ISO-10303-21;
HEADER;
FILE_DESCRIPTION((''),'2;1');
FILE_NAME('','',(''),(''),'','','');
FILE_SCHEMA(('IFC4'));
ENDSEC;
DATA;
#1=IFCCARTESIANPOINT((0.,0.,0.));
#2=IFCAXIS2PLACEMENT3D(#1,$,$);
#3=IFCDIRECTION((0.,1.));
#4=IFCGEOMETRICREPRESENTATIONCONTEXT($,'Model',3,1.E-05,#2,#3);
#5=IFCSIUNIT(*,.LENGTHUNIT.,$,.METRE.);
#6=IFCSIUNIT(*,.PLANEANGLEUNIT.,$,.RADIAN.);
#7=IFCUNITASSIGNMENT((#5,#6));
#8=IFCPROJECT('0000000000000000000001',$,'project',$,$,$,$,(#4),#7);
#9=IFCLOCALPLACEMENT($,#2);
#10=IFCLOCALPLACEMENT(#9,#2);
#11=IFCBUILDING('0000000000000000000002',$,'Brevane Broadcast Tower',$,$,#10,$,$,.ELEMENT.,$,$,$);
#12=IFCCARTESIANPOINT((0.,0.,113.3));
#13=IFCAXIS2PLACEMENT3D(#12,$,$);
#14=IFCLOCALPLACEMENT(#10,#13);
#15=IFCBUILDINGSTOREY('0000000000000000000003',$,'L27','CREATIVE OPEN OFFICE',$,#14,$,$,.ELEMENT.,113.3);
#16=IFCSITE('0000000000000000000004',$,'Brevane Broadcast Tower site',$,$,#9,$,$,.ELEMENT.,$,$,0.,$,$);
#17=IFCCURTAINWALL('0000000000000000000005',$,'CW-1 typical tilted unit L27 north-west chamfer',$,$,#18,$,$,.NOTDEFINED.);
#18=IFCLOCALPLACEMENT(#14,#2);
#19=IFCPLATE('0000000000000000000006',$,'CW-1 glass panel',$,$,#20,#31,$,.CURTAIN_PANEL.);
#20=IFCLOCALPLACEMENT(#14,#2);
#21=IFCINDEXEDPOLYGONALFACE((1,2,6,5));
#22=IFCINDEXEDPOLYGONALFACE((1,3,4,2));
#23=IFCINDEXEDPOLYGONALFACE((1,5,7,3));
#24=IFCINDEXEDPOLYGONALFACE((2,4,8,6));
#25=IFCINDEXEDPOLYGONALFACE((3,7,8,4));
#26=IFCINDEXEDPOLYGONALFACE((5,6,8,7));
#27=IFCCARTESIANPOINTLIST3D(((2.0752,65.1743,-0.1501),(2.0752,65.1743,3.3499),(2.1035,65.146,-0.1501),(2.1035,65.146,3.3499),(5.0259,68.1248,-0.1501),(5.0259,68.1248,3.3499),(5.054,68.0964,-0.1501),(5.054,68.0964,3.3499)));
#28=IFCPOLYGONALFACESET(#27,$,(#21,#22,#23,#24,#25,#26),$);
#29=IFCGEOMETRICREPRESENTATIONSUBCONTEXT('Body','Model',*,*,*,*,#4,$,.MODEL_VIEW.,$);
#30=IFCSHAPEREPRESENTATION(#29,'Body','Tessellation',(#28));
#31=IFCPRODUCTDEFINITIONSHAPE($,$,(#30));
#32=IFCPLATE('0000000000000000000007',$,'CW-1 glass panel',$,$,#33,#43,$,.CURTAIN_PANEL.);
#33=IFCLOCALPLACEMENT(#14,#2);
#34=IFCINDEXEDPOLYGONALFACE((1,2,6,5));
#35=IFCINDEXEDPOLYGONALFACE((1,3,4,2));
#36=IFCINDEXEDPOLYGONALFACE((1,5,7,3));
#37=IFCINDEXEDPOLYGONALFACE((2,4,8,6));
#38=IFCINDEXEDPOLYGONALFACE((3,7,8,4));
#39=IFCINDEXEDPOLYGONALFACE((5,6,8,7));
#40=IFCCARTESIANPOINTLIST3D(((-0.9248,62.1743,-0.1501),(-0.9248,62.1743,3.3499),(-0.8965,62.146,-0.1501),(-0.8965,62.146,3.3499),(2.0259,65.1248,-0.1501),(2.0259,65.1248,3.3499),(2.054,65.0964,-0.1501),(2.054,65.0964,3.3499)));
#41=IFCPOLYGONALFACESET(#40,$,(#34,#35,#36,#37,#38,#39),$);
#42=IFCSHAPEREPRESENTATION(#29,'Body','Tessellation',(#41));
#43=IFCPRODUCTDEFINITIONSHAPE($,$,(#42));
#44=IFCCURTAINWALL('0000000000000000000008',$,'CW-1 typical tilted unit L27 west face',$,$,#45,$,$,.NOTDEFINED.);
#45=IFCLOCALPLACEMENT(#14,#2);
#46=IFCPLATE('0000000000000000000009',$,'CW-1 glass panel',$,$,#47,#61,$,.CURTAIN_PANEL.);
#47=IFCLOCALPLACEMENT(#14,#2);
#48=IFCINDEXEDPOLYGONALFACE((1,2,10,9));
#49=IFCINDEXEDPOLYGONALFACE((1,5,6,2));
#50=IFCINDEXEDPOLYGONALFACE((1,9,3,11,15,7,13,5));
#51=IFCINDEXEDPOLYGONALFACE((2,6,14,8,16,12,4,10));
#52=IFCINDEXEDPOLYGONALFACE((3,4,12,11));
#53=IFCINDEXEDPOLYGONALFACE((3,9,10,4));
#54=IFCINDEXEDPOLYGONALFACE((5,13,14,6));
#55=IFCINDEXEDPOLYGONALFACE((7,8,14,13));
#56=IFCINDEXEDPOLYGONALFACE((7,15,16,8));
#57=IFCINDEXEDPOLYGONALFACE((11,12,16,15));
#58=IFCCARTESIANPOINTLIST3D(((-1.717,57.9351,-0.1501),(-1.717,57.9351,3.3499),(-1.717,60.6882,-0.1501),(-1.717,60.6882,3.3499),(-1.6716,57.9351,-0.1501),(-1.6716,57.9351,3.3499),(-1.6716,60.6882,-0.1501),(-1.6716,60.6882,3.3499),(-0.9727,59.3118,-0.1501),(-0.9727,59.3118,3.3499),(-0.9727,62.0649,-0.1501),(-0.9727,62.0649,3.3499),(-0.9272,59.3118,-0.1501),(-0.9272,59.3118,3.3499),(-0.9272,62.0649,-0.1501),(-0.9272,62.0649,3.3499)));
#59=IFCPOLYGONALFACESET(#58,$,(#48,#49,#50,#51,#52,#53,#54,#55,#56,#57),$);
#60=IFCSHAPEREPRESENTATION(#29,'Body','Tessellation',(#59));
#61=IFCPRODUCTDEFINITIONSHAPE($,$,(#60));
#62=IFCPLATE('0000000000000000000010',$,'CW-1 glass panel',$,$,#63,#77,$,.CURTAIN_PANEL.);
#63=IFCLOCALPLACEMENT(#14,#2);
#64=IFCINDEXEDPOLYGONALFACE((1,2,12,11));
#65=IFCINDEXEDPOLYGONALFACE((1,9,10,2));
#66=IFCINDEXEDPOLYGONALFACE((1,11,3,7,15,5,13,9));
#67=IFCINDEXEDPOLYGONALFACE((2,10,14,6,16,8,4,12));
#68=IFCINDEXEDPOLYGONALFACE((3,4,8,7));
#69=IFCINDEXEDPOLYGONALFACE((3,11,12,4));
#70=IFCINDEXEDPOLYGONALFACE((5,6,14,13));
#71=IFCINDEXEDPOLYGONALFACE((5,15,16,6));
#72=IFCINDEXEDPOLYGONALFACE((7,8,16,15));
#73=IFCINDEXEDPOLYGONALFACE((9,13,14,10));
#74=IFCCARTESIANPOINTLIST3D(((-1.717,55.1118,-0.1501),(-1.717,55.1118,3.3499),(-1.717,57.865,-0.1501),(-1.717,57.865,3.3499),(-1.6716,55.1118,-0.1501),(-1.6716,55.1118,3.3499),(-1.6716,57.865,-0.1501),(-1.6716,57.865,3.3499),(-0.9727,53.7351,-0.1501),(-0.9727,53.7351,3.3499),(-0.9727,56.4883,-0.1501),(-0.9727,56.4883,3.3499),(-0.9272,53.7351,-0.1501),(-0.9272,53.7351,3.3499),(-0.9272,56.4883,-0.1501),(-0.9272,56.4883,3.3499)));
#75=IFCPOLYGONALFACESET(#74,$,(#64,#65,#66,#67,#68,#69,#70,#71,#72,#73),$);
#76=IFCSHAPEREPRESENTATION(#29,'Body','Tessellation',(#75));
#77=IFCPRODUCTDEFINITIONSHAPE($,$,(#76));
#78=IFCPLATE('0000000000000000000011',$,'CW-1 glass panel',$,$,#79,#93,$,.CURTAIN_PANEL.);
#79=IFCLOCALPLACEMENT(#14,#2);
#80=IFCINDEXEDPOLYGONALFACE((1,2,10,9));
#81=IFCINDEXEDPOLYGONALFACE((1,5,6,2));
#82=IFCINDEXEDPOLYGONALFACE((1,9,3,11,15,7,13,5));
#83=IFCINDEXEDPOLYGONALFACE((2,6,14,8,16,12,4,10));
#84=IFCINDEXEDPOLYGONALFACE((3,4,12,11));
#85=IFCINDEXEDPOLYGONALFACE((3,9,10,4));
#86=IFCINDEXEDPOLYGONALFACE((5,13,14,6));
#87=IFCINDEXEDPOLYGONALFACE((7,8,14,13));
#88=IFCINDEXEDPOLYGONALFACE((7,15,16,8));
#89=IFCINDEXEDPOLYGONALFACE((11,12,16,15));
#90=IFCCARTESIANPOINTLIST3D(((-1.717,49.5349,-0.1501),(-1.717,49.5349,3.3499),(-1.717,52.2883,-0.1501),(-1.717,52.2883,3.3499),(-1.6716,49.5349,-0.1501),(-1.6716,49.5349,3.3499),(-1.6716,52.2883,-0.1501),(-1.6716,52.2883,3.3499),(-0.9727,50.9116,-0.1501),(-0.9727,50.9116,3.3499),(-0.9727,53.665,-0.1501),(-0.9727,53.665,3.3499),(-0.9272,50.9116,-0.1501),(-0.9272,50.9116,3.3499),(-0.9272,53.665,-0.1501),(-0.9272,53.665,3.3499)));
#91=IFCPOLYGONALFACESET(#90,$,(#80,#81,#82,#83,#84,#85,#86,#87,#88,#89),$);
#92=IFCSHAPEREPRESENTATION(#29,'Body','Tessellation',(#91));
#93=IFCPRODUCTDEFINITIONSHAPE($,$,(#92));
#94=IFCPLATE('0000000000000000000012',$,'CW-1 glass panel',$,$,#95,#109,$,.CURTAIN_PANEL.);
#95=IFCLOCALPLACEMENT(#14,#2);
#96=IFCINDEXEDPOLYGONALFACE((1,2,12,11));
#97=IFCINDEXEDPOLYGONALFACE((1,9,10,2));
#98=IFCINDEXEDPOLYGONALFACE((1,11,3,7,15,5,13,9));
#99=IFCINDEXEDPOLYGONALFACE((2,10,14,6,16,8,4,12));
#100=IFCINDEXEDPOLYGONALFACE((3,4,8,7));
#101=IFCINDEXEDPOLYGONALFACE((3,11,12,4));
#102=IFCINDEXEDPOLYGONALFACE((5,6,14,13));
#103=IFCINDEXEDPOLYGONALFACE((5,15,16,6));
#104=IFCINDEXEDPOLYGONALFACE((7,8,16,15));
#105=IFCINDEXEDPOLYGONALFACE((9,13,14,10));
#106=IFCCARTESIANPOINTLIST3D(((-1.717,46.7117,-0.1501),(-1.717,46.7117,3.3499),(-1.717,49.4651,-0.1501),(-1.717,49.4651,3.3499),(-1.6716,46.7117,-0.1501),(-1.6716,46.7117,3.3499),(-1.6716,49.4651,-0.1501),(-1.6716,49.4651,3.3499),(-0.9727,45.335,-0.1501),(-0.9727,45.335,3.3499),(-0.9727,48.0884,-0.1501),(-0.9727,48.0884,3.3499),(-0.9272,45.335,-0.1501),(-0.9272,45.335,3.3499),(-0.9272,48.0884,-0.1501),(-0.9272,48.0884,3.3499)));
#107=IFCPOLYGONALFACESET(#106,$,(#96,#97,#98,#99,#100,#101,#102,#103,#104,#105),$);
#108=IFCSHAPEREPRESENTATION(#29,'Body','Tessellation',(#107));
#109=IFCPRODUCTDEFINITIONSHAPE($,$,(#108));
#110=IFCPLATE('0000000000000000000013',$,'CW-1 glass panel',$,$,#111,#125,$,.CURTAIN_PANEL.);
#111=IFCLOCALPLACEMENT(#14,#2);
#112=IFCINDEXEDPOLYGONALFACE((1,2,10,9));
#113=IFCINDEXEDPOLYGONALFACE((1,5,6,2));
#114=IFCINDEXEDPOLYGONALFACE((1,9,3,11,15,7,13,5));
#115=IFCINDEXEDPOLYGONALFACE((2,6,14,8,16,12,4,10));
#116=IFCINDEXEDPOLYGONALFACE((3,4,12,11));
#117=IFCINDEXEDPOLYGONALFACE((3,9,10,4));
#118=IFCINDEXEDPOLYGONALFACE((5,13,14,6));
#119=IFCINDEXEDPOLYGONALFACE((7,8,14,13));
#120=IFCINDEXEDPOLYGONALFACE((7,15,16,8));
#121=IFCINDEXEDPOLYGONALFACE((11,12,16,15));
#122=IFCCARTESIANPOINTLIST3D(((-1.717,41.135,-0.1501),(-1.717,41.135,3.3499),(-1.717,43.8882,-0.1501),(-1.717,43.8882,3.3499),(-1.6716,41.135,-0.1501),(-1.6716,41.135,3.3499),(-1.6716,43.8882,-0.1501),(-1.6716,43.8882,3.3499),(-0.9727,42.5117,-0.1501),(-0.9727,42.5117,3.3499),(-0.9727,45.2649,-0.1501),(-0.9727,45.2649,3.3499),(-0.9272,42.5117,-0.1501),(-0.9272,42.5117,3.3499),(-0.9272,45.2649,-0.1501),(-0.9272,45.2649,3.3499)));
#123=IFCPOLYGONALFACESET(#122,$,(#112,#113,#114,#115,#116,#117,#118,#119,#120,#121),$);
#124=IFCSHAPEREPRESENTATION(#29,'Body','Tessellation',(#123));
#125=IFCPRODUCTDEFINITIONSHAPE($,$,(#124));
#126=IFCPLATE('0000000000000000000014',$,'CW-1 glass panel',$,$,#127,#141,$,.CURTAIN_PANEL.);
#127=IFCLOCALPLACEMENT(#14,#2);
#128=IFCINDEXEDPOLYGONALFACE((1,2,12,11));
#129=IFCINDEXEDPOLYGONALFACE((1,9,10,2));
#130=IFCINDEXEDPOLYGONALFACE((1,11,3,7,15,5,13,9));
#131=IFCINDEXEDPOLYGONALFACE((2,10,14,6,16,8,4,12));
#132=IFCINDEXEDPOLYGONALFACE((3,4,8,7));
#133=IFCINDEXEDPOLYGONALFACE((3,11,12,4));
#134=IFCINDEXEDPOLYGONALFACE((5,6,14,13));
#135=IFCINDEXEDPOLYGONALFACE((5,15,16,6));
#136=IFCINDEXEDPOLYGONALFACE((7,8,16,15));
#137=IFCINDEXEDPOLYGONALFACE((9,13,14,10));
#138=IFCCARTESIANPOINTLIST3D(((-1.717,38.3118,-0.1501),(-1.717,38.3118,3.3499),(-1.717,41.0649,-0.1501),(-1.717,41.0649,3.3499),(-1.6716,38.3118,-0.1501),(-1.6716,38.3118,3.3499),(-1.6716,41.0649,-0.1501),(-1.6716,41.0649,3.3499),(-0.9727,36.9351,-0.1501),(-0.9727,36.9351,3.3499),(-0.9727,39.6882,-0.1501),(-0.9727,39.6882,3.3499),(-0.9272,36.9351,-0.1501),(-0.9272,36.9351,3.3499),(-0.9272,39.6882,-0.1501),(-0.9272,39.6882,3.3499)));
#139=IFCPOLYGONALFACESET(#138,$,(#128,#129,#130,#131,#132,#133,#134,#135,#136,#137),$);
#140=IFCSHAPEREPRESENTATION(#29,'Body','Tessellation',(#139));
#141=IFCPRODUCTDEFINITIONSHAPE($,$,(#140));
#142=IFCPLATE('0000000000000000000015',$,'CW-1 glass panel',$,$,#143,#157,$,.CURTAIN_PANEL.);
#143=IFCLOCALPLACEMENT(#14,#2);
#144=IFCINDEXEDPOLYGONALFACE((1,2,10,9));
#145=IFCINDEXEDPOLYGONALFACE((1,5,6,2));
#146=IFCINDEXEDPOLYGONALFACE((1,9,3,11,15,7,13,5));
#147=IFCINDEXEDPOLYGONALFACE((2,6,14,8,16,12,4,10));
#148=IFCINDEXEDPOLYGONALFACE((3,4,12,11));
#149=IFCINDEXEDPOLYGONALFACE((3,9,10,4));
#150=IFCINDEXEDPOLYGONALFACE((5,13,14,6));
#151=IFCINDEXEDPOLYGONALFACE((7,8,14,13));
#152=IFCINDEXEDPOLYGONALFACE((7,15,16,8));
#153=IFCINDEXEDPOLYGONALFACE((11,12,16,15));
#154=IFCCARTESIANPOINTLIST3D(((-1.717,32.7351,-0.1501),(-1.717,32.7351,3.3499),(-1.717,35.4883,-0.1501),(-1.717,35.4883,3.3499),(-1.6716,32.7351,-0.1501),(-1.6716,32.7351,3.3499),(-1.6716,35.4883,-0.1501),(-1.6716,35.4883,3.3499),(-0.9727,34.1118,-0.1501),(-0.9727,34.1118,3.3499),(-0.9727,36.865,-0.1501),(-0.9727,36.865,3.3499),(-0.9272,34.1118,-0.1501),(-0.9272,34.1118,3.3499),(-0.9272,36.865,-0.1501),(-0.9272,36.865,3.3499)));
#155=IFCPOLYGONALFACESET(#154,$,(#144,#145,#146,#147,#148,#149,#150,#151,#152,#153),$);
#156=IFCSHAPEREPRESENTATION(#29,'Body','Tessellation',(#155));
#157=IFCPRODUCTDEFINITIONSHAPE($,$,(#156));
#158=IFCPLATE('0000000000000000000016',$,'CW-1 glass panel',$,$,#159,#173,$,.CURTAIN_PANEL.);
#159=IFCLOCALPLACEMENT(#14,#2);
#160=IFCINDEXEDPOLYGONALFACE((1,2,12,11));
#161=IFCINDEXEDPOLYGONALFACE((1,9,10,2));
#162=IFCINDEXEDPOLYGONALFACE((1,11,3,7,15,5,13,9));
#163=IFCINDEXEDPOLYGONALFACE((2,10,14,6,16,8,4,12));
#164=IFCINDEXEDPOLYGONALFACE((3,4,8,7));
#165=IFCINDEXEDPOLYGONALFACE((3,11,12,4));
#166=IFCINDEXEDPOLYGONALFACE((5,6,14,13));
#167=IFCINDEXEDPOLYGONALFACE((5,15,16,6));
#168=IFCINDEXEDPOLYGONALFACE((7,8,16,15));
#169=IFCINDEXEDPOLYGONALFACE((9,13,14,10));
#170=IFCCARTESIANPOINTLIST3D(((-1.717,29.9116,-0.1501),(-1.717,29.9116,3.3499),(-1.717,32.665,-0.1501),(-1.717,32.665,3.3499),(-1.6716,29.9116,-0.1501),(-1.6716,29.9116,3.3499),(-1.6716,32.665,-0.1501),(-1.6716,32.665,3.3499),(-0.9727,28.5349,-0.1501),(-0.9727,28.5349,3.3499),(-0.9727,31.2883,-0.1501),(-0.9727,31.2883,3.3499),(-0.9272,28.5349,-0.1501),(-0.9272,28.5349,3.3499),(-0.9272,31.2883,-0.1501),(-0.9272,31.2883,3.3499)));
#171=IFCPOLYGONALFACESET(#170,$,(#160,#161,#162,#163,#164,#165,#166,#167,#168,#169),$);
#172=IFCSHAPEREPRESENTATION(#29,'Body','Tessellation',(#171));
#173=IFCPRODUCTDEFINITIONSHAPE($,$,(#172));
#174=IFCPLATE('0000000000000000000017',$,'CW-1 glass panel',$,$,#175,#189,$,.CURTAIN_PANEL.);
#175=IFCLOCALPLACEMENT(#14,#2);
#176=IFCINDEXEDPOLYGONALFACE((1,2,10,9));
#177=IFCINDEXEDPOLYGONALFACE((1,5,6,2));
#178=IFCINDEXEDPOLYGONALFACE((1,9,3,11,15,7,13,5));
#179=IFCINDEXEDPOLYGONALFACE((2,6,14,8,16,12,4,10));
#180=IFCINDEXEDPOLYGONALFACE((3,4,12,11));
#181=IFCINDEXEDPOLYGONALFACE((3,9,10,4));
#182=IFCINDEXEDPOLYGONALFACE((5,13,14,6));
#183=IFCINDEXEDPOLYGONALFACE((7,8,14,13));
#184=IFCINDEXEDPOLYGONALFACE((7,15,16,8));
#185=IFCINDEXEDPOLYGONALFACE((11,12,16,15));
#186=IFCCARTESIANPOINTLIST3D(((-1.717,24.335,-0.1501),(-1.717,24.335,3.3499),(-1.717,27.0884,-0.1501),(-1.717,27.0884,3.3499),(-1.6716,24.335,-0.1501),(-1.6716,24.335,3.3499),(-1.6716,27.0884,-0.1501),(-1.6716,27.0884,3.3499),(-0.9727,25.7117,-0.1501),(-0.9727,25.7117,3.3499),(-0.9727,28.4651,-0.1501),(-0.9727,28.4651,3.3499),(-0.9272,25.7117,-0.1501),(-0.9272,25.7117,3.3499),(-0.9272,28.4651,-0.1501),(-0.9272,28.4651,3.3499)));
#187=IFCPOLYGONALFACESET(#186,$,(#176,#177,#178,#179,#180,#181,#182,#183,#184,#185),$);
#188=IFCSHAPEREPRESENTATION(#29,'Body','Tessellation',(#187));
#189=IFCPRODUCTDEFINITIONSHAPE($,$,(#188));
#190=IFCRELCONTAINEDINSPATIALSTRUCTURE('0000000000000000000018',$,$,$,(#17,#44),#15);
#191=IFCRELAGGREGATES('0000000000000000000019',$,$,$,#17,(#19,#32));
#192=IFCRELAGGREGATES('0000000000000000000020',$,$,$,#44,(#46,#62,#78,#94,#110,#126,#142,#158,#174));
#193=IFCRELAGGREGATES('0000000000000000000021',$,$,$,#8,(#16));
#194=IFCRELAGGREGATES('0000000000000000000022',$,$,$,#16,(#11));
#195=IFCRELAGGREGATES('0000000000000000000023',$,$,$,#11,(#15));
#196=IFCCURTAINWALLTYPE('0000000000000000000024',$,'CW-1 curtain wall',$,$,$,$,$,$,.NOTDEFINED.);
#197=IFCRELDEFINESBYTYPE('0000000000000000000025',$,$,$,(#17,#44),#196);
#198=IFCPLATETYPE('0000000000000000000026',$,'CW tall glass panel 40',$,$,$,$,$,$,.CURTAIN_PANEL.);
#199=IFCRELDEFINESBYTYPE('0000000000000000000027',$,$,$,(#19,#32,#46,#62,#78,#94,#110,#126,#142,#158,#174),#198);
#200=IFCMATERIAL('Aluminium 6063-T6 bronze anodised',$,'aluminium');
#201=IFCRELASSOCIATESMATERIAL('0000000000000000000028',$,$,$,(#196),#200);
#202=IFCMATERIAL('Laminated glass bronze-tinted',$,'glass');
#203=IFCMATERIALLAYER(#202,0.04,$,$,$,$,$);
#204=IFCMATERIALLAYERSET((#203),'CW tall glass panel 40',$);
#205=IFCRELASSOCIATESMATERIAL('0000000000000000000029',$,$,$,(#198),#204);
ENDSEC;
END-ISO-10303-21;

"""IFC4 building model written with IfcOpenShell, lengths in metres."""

from ifc_helpers import new_model, si_unit, direction, frame, origin, place, context, subcontext, project, spatial, polyline, outline, extrude, material, layer, layer_set, type_object, element, aggregate, save


model = new_model("IFC4")

# Units and contexts
model_context = context("Model", 3, precision=1e-05, world=origin(), true_north=direction((0.0, 1.0)))
body_context = subcontext(model_context, "Body", "Model", "MODEL_VIEW")
ifc_project = project(units=[si_unit("LENGTHUNIT", "METRE"), si_unit("PLANEANGLEUNIT", "RADIAN")], contexts=[model_context])

# Site, building, storey
site_placement = place(None, origin())
site = spatial("IfcSite", under=ifc_project, at=site_placement, Name="Brevane Broadcast Tower site", CompositionType="ELEMENT", RefElevation=0.0)
building_placement = place(site_placement, origin())
building = spatial("IfcBuilding", under=site, at=building_placement, Name="Brevane Broadcast Tower", CompositionType="ELEMENT")
storey_placement = place(building_placement, frame((0.0, 0.0, 113.3)))
storey = spatial("IfcBuildingStorey", under=building, at=storey_placement, Name="L27", Description="CREATIVE OPEN OFFICE", CompositionType="ELEMENT", Elevation=113.3)

# Curtain walls, plates
ifc_material_1 = material(Name="Aluminium 6063-T6 bronze anodised", Category="aluminium")
curtain_wall_type = type_object("IfcCurtainWallType", Name="CW-1 curtain wall", PredefinedType="NOTDEFINED", material=ifc_material_1)
curtain_wall_1_placement = place(storey_placement, origin())
curtain_wall_1 = element("IfcCurtainWall", 1, at=curtain_wall_1_placement, inside=storey, type_object=curtain_wall_type, Name="CW-1 typical tilted unit L27 north-west chamfer", PredefinedType="NOTDEFINED")
ifc_material_2 = material(Name="Laminated glass bronze-tinted", Category="glass")
ifc_layer_1 = layer(ifc_material_2, 0.04)
ifc_layer_set_1 = layer_set([ifc_layer_1], Name="CW tall glass panel 40")
plate_type = type_object("IfcPlateType", Name="CW tall glass panel 40", PredefinedType="CURTAIN_PANEL", material=ifc_layer_set_1)
plate_1_placement = place(storey_placement, frame((0.0, 0.0, -0.1501)))
plate_1 = element("IfcPlate", 2, at=plate_1_placement, type_object=plate_type, Name="CW-1 glass panel", PredefinedType="CURTAIN_PANEL", context=body_context, shape_type="SweptSolid", body=[
    extrude(outline(polyline([(5.054, 68.0964), (2.1035, 65.146), (2.0752, 65.1743), (5.0259, 68.1248), (5.054, 68.0964)])), origin(), (0.0, 0.0, 1.0), 3.5),
])
plate_2_placement = place(storey_placement, frame((0.0, 0.0, -0.1501)))
plate_2 = element("IfcPlate", 3, at=plate_2_placement, type_object=plate_type, Name="CW-1 glass panel", PredefinedType="CURTAIN_PANEL", context=body_context, shape_type="SweptSolid", body=[
    extrude(outline(polyline([(2.054, 65.0964), (-0.8965, 62.146), (-0.9248, 62.1743), (2.0259, 65.1248), (2.054, 65.0964)])), origin(), (0.0, 0.0, 1.0), 3.5),
])
aggregate(curtain_wall_1, [plate_1, plate_2])
curtain_wall_2_placement = place(storey_placement, origin())
curtain_wall_2 = element("IfcCurtainWall", 4, at=curtain_wall_2_placement, inside=storey, type_object=curtain_wall_type, Name="CW-1 typical tilted unit L27 west face", PredefinedType="NOTDEFINED")
plate_3_placement = place(storey_placement, frame((0.0, 0.0, -0.1501)))
plate_3 = element("IfcPlate", 5, at=plate_3_placement, type_object=plate_type, Name="CW-1 glass panel", PredefinedType="CURTAIN_PANEL", context=body_context, shape_type="SweptSolid", body=[
    extrude(outline(polyline([(-0.9272, 62.0649), (-0.9727, 62.0649), (-1.717, 60.6882), (-0.9727, 59.3118), (-1.717, 57.9351), (-1.6716, 57.9351), (-0.9272, 59.3118), (-1.6716, 60.6882), (-0.9272, 62.0649)])), origin(), (0.0, 0.0, 1.0), 3.5),
])
plate_4_placement = place(storey_placement, frame((0.0, 0.0, -0.1501)))
plate_4 = element("IfcPlate", 6, at=plate_4_placement, type_object=plate_type, Name="CW-1 glass panel", PredefinedType="CURTAIN_PANEL", context=body_context, shape_type="SweptSolid", body=[
    extrude(outline(polyline([(-1.6716, 57.865), (-1.717, 57.865), (-0.9727, 56.4883), (-1.717, 55.1118), (-0.9727, 53.7351), (-0.9272, 53.7351), (-1.6716, 55.1118), (-0.9272, 56.4883), (-1.6716, 57.865)])), origin(), (0.0, 0.0, 1.0), 3.5),
])
plate_5_placement = place(storey_placement, frame((0.0, 0.0, -0.1501)))
plate_5 = element("IfcPlate", 7, at=plate_5_placement, type_object=plate_type, Name="CW-1 glass panel", PredefinedType="CURTAIN_PANEL", context=body_context, shape_type="SweptSolid", body=[
    extrude(outline(polyline([(-0.9272, 53.665), (-0.9727, 53.665), (-1.717, 52.2883), (-0.9727, 50.9116), (-1.717, 49.5349), (-1.6716, 49.5349), (-0.9272, 50.9116), (-1.6716, 52.2883), (-0.9272, 53.665)])), origin(), (0.0, 0.0, 1.0), 3.5),
])
plate_6_placement = place(storey_placement, frame((0.0, 0.0, -0.1501)))
plate_6 = element("IfcPlate", 8, at=plate_6_placement, type_object=plate_type, Name="CW-1 glass panel", PredefinedType="CURTAIN_PANEL", context=body_context, shape_type="SweptSolid", body=[
    extrude(outline(polyline([(-1.6716, 49.4651), (-1.717, 49.4651), (-0.9727, 48.0884), (-1.717, 46.7117), (-0.9727, 45.335), (-0.9272, 45.335), (-1.6716, 46.7117), (-0.9272, 48.0884), (-1.6716, 49.4651)])), origin(), (0.0, 0.0, 1.0), 3.5),
])
plate_7_placement = place(storey_placement, frame((0.0, 0.0, -0.1501)))
plate_7 = element("IfcPlate", 9, at=plate_7_placement, type_object=plate_type, Name="CW-1 glass panel", PredefinedType="CURTAIN_PANEL", context=body_context, shape_type="SweptSolid", body=[
    extrude(outline(polyline([(-0.9272, 45.2649), (-0.9727, 45.2649), (-1.717, 43.8882), (-0.9727, 42.5117), (-1.717, 41.135), (-1.6716, 41.135), (-0.9272, 42.5117), (-1.6716, 43.8882), (-0.9272, 45.2649)])), origin(), (0.0, 0.0, 1.0), 3.5),
])
plate_8_placement = place(storey_placement, frame((0.0, 0.0, -0.1501)))
plate_8 = element("IfcPlate", 10, at=plate_8_placement, type_object=plate_type, Name="CW-1 glass panel", PredefinedType="CURTAIN_PANEL", context=body_context, shape_type="SweptSolid", body=[
    extrude(outline(polyline([(-1.6716, 41.0649), (-1.717, 41.0649), (-0.9727, 39.6882), (-1.717, 38.3118), (-0.9727, 36.9351), (-0.9272, 36.9351), (-1.6716, 38.3118), (-0.9272, 39.6882), (-1.6716, 41.0649)])), origin(), (0.0, 0.0, 1.0), 3.5),
])
plate_9_placement = place(storey_placement, frame((0.0, 0.0, -0.1501)))
plate_9 = element("IfcPlate", 11, at=plate_9_placement, type_object=plate_type, Name="CW-1 glass panel", PredefinedType="CURTAIN_PANEL", context=body_context, shape_type="SweptSolid", body=[
    extrude(outline(polyline([(-0.9272, 36.865), (-0.9727, 36.865), (-1.717, 35.4883), (-0.9727, 34.1118), (-1.717, 32.7351), (-1.6716, 32.7351), (-0.9272, 34.1118), (-1.6716, 35.4883), (-0.9272, 36.865)])), origin(), (0.0, 0.0, 1.0), 3.5),
])
plate_10_placement = place(storey_placement, frame((0.0, 0.0, -0.1501)))
plate_10 = element("IfcPlate", 12, at=plate_10_placement, type_object=plate_type, Name="CW-1 glass panel", PredefinedType="CURTAIN_PANEL", context=body_context, shape_type="SweptSolid", body=[
    extrude(outline(polyline([(-1.6716, 32.665), (-1.717, 32.665), (-0.9727, 31.2883), (-1.717, 29.9116), (-0.9727, 28.5349), (-0.9272, 28.5349), (-1.6716, 29.9116), (-0.9272, 31.2883), (-1.6716, 32.665)])), origin(), (0.0, 0.0, 1.0), 3.5),
])
plate_11_placement = place(storey_placement, frame((0.0, 0.0, -0.1501)))
plate_11 = element("IfcPlate", 13, at=plate_11_placement, type_object=plate_type, Name="CW-1 glass panel", PredefinedType="CURTAIN_PANEL", context=body_context, shape_type="SweptSolid", body=[
    extrude(outline(polyline([(-0.9272, 28.4651), (-0.9727, 28.4651), (-1.717, 27.0884), (-0.9727, 25.7117), (-1.717, 24.335), (-1.6716, 24.335), (-0.9272, 25.7117), (-1.6716, 27.0884), (-0.9272, 28.4651)])), origin(), (0.0, 0.0, 1.0), 3.5),
])
aggregate(curtain_wall_2, [plate_3, plate_4, plate_5, plate_6, plate_7, plate_8, plate_9, plate_10, plate_11])

save(model, "model.ifc")
